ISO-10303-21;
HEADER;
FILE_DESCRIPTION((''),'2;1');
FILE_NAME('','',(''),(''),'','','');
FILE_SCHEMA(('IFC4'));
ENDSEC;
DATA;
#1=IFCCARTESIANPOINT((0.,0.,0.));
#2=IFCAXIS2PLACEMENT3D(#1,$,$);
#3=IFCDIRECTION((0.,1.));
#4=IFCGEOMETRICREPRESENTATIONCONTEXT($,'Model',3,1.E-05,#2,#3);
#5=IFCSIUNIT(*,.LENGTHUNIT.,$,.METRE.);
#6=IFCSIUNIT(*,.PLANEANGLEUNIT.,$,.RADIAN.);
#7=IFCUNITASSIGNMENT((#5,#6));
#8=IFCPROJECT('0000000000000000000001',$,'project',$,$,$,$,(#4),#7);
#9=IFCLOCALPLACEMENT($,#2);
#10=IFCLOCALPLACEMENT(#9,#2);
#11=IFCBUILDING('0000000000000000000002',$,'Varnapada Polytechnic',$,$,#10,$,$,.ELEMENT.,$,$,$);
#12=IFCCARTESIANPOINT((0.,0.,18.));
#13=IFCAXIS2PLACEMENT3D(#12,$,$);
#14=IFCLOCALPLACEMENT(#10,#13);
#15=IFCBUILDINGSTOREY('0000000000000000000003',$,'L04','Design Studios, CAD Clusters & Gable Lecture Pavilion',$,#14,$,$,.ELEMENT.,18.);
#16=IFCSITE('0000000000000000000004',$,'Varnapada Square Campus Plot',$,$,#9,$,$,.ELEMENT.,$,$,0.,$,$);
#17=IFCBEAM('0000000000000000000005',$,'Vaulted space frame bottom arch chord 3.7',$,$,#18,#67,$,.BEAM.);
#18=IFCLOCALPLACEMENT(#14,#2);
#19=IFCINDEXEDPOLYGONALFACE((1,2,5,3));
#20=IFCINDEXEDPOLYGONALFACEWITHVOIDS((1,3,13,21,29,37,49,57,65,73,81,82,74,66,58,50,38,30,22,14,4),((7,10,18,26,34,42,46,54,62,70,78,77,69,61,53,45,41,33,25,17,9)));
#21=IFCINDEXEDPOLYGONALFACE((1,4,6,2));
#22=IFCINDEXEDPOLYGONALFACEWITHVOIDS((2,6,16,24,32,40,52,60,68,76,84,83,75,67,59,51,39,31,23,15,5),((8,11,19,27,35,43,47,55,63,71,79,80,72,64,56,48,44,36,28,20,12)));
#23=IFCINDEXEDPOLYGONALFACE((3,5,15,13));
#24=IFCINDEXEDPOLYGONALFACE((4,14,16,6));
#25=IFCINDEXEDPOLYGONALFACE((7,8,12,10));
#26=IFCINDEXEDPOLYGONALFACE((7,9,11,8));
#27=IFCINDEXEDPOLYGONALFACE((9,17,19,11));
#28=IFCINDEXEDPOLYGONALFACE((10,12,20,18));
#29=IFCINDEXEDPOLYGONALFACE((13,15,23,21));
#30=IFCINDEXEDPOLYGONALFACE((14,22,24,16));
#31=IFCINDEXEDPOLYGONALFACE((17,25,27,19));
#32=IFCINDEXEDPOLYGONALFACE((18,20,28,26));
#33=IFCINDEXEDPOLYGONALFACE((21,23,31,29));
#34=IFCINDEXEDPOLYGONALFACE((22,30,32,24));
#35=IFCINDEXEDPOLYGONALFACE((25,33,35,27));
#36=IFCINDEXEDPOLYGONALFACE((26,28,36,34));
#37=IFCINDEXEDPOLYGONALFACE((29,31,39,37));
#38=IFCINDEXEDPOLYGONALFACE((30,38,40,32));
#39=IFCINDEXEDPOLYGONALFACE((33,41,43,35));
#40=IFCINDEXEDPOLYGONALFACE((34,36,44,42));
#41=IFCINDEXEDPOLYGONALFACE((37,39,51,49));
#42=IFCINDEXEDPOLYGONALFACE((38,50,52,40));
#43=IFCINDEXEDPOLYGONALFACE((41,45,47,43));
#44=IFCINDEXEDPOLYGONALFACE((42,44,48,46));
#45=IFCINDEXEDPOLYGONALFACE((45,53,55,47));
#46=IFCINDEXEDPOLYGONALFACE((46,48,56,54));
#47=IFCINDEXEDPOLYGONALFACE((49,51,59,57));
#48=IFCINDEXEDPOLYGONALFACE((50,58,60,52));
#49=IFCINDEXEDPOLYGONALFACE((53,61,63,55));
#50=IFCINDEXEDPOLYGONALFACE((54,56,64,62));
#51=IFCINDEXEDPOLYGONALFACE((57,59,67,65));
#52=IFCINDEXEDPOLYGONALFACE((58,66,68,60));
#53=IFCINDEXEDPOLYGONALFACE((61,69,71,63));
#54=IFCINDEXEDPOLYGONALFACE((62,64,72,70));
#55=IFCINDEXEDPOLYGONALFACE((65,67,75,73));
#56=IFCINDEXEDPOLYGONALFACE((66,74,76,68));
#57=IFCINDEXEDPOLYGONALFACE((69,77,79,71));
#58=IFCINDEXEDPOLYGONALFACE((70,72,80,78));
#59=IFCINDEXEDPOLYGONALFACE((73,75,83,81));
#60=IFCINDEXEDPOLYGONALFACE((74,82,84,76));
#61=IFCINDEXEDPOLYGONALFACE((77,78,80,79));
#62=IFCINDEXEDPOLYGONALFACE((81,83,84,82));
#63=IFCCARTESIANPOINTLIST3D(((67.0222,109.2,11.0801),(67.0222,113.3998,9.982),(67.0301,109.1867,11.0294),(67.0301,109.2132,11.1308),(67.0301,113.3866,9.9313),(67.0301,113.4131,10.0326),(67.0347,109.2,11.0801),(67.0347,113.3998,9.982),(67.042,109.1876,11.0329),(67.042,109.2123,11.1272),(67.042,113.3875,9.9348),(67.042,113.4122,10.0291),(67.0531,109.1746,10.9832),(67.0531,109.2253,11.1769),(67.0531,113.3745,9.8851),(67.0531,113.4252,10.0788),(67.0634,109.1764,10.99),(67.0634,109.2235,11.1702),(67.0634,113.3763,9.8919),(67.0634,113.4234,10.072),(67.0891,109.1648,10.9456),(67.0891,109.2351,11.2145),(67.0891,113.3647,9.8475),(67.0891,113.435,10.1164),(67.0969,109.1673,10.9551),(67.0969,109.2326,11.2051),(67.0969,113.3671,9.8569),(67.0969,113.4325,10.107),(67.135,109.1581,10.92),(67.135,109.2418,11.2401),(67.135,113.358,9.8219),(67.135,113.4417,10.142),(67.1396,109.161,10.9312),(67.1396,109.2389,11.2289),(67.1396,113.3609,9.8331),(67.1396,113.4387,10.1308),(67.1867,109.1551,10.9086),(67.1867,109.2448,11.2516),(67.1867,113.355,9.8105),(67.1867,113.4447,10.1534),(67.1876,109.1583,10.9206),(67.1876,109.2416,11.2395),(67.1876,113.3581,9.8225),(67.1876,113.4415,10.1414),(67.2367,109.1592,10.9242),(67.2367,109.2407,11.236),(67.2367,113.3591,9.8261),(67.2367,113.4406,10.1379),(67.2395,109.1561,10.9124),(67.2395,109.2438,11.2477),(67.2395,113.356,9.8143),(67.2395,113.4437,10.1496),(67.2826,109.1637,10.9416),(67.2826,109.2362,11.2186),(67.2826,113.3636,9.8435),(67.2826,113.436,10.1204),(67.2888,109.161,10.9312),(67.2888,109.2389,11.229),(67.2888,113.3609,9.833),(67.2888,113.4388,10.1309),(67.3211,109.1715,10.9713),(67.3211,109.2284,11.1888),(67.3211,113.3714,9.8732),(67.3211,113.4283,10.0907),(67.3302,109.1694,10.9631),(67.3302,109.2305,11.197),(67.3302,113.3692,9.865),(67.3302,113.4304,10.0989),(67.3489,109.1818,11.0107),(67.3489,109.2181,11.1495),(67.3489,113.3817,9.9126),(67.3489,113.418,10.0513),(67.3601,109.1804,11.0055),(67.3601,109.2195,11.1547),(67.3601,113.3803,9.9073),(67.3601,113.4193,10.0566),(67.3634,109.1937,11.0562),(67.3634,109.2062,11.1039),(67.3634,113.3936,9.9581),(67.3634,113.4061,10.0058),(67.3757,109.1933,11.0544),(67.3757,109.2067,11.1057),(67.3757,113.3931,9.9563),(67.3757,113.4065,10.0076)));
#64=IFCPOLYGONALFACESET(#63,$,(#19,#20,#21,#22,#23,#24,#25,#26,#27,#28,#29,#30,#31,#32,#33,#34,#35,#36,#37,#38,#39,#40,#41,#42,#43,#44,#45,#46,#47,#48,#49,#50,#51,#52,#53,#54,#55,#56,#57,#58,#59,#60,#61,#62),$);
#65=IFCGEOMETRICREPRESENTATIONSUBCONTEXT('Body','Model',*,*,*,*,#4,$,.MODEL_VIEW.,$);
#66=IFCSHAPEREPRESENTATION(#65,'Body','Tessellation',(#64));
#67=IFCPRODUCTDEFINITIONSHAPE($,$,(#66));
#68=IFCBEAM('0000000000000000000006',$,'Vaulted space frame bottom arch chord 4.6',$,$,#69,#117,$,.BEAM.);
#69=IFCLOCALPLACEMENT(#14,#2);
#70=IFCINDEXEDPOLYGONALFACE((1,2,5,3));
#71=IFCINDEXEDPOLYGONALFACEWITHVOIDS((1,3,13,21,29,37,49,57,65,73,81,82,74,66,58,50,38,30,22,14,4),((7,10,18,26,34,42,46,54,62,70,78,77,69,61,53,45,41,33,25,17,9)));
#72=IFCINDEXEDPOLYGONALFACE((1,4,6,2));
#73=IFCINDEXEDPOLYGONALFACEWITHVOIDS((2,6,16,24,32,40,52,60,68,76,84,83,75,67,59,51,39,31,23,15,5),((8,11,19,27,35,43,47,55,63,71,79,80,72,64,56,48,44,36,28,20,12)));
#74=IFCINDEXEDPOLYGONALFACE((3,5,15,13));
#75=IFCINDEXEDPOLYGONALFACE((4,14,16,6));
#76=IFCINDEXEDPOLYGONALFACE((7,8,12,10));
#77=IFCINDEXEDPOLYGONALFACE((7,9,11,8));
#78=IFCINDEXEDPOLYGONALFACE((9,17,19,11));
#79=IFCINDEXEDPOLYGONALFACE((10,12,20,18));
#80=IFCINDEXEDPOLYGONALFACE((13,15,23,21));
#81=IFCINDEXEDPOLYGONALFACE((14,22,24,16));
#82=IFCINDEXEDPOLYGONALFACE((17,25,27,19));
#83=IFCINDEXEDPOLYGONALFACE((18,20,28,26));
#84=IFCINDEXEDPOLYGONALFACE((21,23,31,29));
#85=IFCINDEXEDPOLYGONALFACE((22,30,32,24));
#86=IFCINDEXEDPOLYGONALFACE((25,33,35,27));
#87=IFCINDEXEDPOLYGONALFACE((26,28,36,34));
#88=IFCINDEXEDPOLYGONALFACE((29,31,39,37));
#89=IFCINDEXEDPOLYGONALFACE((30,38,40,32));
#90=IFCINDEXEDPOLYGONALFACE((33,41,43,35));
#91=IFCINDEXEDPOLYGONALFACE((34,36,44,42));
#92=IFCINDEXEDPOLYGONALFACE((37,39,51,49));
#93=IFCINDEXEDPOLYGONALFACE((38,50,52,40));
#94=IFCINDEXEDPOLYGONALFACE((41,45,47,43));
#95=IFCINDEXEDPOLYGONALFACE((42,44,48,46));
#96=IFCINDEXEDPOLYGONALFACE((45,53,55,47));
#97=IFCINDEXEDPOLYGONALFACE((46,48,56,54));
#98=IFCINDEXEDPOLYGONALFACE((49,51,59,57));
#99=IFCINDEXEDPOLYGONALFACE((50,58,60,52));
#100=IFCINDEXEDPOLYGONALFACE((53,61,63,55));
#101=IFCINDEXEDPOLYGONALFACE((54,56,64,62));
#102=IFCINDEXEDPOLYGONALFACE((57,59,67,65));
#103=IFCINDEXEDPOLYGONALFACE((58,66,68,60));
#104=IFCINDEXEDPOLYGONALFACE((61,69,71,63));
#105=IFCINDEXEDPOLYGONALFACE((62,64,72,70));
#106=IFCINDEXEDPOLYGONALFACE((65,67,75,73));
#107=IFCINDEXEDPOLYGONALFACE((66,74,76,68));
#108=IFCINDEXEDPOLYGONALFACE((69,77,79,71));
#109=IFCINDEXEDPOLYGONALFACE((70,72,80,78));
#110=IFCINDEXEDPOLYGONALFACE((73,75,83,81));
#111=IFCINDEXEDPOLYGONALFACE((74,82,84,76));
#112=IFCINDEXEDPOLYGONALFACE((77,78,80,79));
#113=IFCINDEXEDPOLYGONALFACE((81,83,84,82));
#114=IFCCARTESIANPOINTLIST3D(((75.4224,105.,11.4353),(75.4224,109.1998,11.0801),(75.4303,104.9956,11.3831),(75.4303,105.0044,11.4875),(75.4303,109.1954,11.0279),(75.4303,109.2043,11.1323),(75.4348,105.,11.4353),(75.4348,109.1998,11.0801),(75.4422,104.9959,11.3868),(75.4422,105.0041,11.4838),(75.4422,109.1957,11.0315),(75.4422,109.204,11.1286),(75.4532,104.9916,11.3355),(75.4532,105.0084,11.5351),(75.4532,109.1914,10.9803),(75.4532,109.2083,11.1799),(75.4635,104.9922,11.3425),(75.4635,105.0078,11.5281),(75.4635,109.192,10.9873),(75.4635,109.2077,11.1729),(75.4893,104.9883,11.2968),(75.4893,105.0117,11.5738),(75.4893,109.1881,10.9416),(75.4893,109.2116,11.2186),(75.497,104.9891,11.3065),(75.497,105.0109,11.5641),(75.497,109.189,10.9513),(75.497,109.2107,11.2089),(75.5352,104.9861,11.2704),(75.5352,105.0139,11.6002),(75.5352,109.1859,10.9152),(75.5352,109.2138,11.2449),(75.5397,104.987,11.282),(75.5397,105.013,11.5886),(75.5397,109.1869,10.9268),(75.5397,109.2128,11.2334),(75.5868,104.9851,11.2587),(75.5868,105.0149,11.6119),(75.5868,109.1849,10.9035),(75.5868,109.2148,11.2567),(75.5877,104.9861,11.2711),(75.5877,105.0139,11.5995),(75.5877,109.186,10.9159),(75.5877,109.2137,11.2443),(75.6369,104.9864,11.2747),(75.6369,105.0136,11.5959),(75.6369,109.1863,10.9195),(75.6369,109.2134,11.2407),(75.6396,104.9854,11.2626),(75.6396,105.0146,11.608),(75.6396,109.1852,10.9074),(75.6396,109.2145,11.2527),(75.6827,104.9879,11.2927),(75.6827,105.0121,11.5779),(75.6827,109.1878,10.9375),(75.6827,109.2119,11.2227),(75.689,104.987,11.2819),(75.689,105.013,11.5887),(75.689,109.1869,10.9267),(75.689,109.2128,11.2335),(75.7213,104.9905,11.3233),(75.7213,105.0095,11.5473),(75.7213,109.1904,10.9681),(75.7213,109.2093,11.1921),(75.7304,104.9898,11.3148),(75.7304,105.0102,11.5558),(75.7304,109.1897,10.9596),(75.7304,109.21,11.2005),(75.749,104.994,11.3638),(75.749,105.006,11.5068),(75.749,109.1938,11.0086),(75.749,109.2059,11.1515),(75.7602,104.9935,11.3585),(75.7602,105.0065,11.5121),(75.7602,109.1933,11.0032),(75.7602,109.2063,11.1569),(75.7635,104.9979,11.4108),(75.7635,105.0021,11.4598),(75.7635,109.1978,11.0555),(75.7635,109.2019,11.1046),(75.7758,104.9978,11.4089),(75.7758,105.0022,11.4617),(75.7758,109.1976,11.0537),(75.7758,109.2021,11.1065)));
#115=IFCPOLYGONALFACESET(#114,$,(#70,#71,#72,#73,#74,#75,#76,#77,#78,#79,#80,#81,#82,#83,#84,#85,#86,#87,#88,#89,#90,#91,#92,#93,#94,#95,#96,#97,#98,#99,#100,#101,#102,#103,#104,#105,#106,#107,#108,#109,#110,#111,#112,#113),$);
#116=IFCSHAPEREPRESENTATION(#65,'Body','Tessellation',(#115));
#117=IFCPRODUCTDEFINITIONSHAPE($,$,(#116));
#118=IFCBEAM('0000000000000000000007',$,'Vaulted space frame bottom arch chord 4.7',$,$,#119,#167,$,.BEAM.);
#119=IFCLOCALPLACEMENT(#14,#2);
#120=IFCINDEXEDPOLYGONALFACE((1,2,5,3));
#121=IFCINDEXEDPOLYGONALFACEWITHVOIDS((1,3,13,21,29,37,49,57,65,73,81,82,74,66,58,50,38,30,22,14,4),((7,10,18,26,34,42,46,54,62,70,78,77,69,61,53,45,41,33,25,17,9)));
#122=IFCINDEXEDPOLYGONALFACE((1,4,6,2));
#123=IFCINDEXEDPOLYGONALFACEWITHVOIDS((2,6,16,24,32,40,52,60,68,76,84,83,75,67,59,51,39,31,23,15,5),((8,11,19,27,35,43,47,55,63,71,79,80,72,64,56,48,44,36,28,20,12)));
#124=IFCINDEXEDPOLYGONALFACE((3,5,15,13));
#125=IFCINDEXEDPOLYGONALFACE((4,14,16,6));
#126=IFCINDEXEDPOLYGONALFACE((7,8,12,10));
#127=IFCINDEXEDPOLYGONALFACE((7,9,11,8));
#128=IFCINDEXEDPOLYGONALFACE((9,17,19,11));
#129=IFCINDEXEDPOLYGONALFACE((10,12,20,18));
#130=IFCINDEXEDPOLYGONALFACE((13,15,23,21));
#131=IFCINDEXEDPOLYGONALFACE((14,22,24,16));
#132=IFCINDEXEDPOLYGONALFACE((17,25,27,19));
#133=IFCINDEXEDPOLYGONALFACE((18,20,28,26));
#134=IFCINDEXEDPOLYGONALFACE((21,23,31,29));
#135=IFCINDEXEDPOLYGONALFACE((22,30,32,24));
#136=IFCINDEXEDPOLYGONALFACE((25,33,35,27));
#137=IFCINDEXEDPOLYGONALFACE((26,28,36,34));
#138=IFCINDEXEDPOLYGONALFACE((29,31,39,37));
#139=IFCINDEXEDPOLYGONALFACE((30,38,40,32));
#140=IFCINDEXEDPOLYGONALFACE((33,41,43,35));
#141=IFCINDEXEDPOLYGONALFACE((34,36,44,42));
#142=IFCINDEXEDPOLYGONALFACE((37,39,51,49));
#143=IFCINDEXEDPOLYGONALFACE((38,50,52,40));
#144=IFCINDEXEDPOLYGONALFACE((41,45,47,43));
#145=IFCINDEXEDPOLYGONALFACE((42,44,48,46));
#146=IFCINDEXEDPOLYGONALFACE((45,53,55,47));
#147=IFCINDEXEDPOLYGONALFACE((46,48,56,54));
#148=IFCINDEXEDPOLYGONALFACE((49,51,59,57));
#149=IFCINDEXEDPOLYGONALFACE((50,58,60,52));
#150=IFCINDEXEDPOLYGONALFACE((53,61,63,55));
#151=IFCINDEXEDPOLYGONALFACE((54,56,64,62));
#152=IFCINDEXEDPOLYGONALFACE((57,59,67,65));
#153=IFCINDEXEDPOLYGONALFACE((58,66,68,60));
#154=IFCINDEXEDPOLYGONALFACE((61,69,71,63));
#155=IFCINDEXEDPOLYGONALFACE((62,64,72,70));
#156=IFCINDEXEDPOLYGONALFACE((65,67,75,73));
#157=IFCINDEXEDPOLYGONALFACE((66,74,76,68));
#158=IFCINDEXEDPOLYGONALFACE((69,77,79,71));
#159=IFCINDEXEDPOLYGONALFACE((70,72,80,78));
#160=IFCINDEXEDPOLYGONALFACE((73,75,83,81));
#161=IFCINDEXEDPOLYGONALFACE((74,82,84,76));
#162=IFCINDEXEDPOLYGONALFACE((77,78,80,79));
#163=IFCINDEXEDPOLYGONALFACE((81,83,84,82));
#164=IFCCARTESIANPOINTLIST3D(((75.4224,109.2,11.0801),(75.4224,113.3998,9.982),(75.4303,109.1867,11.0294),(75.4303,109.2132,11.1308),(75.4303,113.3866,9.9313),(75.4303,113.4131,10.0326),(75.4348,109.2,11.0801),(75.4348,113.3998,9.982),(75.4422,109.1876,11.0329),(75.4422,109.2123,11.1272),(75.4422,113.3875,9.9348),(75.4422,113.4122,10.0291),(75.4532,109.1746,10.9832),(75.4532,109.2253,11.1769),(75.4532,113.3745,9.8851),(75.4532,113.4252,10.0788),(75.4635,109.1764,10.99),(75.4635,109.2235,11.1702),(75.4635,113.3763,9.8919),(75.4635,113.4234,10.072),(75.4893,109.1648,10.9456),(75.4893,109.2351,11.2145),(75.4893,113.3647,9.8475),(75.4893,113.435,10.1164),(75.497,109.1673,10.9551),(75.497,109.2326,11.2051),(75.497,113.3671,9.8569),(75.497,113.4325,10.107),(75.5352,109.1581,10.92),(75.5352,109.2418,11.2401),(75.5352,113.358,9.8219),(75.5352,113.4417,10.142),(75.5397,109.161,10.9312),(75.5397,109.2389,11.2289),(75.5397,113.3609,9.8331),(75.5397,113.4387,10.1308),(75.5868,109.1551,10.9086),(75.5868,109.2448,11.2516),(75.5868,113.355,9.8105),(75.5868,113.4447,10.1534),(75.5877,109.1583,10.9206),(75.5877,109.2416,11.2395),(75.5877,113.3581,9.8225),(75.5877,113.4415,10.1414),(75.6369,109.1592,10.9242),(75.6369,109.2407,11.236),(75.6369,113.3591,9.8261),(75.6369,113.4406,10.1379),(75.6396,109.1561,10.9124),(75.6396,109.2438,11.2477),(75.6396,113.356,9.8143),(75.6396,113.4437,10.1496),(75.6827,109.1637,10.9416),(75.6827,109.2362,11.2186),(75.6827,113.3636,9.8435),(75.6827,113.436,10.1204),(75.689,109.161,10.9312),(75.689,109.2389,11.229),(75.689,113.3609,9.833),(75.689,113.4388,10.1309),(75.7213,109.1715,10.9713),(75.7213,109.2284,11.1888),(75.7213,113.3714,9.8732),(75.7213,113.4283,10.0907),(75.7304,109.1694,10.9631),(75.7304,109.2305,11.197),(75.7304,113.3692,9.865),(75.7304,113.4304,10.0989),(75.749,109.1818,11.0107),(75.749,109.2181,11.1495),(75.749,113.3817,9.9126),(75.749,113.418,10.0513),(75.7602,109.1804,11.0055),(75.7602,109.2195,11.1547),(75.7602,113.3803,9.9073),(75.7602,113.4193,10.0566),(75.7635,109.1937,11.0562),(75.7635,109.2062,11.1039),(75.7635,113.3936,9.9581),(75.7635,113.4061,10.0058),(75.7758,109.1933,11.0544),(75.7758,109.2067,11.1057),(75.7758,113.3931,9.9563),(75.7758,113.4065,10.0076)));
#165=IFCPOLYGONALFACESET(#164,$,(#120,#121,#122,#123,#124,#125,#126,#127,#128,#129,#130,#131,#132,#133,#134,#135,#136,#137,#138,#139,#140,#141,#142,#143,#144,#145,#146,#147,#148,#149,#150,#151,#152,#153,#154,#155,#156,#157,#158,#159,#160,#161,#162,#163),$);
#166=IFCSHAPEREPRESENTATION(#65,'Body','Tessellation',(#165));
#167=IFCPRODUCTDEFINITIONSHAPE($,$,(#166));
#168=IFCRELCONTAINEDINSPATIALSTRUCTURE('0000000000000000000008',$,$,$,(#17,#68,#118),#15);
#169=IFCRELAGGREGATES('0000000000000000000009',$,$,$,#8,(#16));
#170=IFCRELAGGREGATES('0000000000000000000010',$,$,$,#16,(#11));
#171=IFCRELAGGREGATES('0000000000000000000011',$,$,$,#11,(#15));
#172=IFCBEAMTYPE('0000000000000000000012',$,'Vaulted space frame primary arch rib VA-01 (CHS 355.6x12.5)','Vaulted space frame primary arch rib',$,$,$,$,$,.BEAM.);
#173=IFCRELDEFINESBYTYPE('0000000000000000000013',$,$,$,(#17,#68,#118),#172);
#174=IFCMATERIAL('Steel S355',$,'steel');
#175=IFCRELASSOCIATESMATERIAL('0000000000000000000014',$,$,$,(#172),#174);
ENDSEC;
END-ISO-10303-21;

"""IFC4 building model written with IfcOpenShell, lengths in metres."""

from ifc_helpers import new_model, si_unit, direction, frame, origin, origin_2d, place, context, subcontext, project, spatial, hollow_circle, extrude, material, material_profile, profile_set, type_object, element, save


model = new_model("IFC4")

# Units and contexts
model_context = context("Model", 3, precision=1e-05, world=origin(), true_north=direction((0.0, 1.0)))
body_context = subcontext(model_context, "Body", "Model", "MODEL_VIEW")
ifc_project = project(units=[si_unit("LENGTHUNIT", "METRE"), si_unit("PLANEANGLEUNIT", "RADIAN")], contexts=[model_context])

# Site, building, storey
site_placement = place(None, origin())
site = spatial("IfcSite", under=ifc_project, at=site_placement, Name="Varnapada Square Campus Plot", CompositionType="ELEMENT", RefElevation=0.0)
building_placement = place(site_placement, origin())
building = spatial("IfcBuilding", under=site, at=building_placement, Name="Varnapada Polytechnic", CompositionType="ELEMENT")
storey_placement = place(building_placement, frame((0.0, 0.0, 18.0)))
storey = spatial("IfcBuildingStorey", under=building, at=storey_placement, Name="L04", Description="Design Studios, CAD Clusters & Gable Lecture Pavilion", CompositionType="ELEMENT", Elevation=18.0)

# Shared definitions
ifc_material = material(Name="Steel S355", Category="steel")

# Beams
ifc_material_profile_1 = material_profile(ifc_material, hollow_circle(Radius=0.1777, WallThickness=0.0125, at=origin_2d()), Name="CHS 355.6x12.5")
ifc_profile_set_1 = profile_set([ifc_material_profile_1], Name="Steel S355")
beam_type_1 = type_object("IfcBeamType", Name="Vaulted space frame primary arch rib VA-01 (CHS 355.6x12.5)", Description="Vaulted space frame primary arch rib", PredefinedType="BEAM", material=ifc_profile_set_1)
beam_1_placement = place(storey_placement, frame((67.2, 109.2, 11.0801), z_axis=(0.0, 0.967476, -0.252962), x_axis=(-1.0, 0.0, 0.0)))
element("IfcBeam", 1, at=beam_1_placement, inside=storey, type_object=beam_type_1, Name="Vaulted space frame bottom arch chord 3.7", PredefinedType="BEAM", context=body_context, shape_type="SweptSolid", body=[
    extrude(hollow_circle(Radius=0.1777, WallThickness=0.0125, at=origin_2d()), origin(), (0.0, 0.0, 1.0), 4.3411),
])
beam_2_placement = place(storey_placement, frame((75.6001, 105.0, 11.4353), z_axis=(0.0, 0.996442, -0.084277), x_axis=(-1.0, 0.0, 0.0)))
element("IfcBeam", 2, at=beam_2_placement, inside=storey, type_object=beam_type_1, Name="Vaulted space frame bottom arch chord 4.6", PredefinedType="BEAM", context=body_context, shape_type="SweptSolid", body=[
    extrude(hollow_circle(Radius=0.1777, WallThickness=0.0125, at=origin_2d()), origin(), (0.0, 0.0, 1.0), 4.2148),
])
beam_3_placement = place(storey_placement, frame((75.6001, 109.2, 11.0801), z_axis=(0.0, 0.967476, -0.252962), x_axis=(-1.0, 0.0, 0.0)))
element("IfcBeam", 3, at=beam_3_placement, inside=storey, type_object=beam_type_1, Name="Vaulted space frame bottom arch chord 4.7", PredefinedType="BEAM", context=body_context, shape_type="SweptSolid", body=[
    extrude(hollow_circle(Radius=0.1777, WallThickness=0.0125, at=origin_2d()), origin(), (0.0, 0.0, 1.0), 4.3411),
])

save(model, "model.ifc")
